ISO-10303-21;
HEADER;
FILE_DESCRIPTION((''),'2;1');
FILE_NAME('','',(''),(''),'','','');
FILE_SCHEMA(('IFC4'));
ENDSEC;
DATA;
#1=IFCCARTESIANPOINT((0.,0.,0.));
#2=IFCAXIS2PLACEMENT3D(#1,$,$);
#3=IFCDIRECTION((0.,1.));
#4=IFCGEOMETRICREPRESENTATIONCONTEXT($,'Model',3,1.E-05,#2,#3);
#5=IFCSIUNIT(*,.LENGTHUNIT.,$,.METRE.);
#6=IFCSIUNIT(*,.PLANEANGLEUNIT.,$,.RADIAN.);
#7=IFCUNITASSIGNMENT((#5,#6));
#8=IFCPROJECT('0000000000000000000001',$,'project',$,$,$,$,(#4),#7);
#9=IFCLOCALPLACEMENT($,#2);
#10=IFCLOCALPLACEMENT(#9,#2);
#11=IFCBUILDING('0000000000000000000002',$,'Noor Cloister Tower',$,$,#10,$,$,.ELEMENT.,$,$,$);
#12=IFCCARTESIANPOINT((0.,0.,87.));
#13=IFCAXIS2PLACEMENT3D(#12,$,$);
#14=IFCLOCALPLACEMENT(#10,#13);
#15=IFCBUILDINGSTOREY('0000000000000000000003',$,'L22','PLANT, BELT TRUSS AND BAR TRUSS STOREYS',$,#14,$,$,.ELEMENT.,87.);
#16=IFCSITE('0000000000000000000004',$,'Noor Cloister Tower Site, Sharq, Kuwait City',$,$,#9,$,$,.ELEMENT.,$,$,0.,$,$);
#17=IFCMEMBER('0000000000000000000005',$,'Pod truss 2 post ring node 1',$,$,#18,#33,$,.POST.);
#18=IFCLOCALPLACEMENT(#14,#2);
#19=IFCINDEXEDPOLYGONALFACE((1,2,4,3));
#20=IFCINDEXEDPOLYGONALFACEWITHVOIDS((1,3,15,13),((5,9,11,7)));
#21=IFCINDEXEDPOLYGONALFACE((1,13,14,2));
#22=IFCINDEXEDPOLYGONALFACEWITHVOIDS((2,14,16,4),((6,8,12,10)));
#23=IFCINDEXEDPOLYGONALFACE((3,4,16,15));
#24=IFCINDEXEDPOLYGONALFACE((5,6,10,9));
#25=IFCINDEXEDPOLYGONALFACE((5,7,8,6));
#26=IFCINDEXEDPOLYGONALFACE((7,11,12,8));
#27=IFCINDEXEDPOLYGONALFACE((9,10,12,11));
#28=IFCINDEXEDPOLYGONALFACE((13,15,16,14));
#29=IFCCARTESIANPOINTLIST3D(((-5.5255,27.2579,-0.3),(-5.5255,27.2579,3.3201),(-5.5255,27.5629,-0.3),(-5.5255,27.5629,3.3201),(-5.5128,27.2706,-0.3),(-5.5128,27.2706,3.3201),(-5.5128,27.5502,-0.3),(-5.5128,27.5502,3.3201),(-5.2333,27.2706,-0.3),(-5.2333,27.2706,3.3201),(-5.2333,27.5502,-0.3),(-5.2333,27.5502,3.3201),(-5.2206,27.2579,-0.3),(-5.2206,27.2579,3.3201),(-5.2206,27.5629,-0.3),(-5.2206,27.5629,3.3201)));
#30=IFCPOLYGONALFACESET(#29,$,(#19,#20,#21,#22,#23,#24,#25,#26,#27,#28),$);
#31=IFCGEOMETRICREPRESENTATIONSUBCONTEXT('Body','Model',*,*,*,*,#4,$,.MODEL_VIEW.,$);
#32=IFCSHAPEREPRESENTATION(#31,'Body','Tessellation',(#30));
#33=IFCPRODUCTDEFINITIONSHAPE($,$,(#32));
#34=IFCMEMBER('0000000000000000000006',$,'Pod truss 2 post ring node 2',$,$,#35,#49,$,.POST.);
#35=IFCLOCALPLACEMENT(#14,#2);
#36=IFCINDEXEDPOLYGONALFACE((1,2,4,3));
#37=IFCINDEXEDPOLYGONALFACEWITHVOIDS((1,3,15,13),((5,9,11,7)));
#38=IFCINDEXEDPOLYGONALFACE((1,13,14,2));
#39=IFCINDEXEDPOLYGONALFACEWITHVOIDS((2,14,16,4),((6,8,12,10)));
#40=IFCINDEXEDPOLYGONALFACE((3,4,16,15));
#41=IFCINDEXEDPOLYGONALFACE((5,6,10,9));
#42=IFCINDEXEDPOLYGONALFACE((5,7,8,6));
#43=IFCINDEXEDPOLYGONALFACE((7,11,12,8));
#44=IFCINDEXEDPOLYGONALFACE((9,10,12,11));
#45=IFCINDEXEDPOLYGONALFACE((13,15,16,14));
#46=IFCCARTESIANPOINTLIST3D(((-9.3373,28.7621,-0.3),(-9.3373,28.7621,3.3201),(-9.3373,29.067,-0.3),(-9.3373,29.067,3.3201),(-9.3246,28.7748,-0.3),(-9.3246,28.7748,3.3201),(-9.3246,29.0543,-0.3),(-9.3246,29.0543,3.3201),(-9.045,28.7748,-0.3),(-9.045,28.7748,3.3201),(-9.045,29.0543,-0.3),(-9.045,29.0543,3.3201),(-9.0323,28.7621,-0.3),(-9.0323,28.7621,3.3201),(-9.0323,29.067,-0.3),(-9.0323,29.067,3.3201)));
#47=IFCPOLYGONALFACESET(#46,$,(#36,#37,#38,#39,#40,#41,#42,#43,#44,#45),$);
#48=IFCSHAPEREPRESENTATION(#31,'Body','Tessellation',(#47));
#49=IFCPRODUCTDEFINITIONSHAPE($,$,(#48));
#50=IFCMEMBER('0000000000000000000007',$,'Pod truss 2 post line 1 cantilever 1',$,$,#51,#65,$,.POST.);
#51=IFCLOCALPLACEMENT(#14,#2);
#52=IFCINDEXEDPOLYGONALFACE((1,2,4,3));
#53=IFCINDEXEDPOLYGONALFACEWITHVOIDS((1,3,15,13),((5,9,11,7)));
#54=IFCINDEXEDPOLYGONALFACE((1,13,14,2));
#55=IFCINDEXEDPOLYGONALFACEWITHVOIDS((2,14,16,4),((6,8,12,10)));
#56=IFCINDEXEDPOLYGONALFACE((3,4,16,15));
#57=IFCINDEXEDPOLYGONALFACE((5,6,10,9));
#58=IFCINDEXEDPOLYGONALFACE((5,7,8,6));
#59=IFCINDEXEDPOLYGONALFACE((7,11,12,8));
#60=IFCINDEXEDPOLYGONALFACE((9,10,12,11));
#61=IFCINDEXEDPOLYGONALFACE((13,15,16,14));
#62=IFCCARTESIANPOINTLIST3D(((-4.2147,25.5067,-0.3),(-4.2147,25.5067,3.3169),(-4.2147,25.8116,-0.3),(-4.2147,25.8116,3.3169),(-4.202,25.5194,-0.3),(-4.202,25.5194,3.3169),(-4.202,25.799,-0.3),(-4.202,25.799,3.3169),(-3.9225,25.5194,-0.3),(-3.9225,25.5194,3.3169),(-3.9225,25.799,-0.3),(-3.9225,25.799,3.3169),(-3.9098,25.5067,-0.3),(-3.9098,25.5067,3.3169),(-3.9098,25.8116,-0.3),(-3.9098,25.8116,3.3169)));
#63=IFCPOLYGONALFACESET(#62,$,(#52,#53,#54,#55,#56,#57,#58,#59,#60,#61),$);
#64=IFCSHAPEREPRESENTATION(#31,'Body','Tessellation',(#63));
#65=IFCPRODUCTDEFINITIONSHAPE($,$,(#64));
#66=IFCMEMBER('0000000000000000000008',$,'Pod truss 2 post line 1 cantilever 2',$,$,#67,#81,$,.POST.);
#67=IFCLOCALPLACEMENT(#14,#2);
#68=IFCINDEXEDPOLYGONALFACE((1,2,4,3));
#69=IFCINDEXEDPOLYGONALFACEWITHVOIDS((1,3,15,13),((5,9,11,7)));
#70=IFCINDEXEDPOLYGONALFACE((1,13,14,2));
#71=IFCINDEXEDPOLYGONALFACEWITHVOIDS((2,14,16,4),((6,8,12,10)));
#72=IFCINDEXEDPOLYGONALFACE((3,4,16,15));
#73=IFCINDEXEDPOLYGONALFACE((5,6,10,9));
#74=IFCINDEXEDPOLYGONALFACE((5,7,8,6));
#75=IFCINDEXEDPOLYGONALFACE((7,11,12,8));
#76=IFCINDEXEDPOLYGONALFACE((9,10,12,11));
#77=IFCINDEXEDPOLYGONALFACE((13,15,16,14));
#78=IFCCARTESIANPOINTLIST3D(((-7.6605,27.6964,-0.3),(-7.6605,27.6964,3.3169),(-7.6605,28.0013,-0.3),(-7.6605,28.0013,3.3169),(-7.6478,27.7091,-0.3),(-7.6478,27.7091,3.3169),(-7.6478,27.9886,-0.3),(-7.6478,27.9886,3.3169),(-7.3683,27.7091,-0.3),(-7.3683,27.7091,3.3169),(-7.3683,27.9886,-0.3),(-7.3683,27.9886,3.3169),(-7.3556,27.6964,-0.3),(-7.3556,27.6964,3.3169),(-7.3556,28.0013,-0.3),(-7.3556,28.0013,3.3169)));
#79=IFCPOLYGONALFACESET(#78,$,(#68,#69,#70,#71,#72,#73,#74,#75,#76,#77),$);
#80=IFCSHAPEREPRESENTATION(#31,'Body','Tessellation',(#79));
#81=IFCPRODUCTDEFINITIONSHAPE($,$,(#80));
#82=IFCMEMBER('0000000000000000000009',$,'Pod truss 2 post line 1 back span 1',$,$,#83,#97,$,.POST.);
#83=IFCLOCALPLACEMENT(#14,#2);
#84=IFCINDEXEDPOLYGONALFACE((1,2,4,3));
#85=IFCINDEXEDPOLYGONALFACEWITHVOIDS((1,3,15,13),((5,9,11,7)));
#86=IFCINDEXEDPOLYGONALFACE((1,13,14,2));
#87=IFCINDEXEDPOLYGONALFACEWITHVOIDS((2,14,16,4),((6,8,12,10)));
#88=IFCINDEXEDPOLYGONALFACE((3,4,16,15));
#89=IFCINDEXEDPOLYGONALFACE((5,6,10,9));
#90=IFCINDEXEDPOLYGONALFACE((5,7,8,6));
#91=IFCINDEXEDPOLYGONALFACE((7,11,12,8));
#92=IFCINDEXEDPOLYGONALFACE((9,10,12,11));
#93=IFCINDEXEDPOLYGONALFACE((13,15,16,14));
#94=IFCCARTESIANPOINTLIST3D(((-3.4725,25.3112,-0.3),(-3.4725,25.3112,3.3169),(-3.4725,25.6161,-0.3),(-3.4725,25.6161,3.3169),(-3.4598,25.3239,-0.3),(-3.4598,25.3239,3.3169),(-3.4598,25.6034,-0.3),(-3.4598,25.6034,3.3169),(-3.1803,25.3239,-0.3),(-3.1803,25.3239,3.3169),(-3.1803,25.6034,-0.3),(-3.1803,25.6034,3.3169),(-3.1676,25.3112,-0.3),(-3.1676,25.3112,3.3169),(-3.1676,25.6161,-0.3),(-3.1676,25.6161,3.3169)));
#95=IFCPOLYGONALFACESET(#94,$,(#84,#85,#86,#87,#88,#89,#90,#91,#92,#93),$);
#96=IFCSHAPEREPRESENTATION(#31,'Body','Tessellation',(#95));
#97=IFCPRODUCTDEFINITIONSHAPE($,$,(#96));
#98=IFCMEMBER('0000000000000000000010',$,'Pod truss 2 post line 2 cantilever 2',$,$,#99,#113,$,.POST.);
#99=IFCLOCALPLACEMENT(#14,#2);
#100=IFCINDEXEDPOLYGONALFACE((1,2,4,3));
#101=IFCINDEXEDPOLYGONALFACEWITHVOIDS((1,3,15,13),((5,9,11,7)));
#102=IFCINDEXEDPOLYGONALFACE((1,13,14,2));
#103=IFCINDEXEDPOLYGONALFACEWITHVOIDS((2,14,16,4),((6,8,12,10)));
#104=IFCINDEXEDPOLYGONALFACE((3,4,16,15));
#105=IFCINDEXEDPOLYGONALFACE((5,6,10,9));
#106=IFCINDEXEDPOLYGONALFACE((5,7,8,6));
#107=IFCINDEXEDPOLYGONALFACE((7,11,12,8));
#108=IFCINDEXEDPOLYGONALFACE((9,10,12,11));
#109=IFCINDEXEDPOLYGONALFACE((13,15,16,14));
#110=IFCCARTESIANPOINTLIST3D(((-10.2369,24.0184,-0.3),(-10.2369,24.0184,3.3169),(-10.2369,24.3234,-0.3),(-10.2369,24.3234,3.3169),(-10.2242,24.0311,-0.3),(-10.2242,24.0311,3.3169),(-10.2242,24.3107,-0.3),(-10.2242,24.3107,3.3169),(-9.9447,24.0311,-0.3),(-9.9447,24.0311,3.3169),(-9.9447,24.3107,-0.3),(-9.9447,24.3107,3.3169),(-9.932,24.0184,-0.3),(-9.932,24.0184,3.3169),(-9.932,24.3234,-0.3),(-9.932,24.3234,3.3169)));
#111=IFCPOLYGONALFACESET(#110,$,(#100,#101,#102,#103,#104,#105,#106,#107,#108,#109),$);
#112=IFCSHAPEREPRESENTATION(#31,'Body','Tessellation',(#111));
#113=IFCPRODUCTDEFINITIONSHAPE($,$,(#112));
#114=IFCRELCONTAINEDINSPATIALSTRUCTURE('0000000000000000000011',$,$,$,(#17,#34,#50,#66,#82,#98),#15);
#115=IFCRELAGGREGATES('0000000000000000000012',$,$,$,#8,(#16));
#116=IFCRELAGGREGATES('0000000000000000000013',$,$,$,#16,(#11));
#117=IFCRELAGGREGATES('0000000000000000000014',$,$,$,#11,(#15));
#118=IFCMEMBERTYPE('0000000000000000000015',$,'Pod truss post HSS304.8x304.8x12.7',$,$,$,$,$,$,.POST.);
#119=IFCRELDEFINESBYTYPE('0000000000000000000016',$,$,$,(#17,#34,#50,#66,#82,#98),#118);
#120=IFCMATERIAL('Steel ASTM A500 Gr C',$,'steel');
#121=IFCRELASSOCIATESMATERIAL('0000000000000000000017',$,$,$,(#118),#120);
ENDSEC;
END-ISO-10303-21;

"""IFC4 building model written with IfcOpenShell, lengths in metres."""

from ifc_helpers import new_model, si_unit, direction, frame, origin, origin_2d, place, context, subcontext, project, spatial, hollow_rectangle, extrude, material, material_profile, profile_set, type_object, element, save


model = new_model("IFC4")

# Units and contexts
model_context = context("Model", 3, precision=1e-05, world=origin(), true_north=direction((0.0, 1.0)))
body_context = subcontext(model_context, "Body", "Model", "MODEL_VIEW")
ifc_project = project(units=[si_unit("LENGTHUNIT", "METRE"), si_unit("PLANEANGLEUNIT", "RADIAN")], contexts=[model_context])

# Site, building, storey
site_placement = place(None, origin())
site = spatial("IfcSite", under=ifc_project, at=site_placement, Name="Noor Cloister Tower Site, Sharq, Kuwait City", CompositionType="ELEMENT", RefElevation=0.0)
building_placement = place(site_placement, origin())
building = spatial("IfcBuilding", under=site, at=building_placement, Name="Noor Cloister Tower", CompositionType="ELEMENT")
storey_placement = place(building_placement, frame((0.0, 0.0, 87.0)))
storey = spatial("IfcBuildingStorey", under=building, at=storey_placement, Name="L22", Description="PLANT, BELT TRUSS AND BAR TRUSS STOREYS", CompositionType="ELEMENT", Elevation=87.0)

# Members
ifc_material_1 = material(Name="Steel ASTM A500 Gr C", Category="steel")
ifc_material_profile_1 = material_profile(ifc_material_1, hollow_rectangle(XDim=0.3049, YDim=0.3049, WallThickness=0.0127, at=origin_2d()), Name="HSS304.8x304.8x12.7")
ifc_profile_set_1 = profile_set([ifc_material_profile_1], Name="Steel ASTM A500 Gr C")
member_type_1 = type_object("IfcMemberType", Name="Pod truss post HSS304.8x304.8x12.7", PredefinedType="POST", material=ifc_profile_set_1)
for number, where, z_axis, x_axis, name in (
    (1, (-5.373, 27.4104, -0.3), (0.0, 0.0, 1.0), (1.0, 0.0, 0.0), "Pod truss 2 post ring node 1"),
    (2, (-9.1848, 28.9146, -0.3), (0.0, 0.0, 1.0), (1.0, 0.0, 0.0), "Pod truss 2 post ring node 2"),
):
    element("IfcMember", number, at=place(storey_placement, frame(where, z_axis=z_axis, x_axis=x_axis)), inside=storey, type_object=member_type_1, Name=name, PredefinedType="POST", context=body_context, shape_type="SweptSolid", body=[
        extrude(hollow_rectangle(XDim=0.3049, YDim=0.3049, WallThickness=0.0127, at=origin_2d()), origin(), (0.0, 0.0, 1.0), 3.6201),
    ])
for number, where, z_axis, x_axis, name in (
    (3, (-4.0623, 25.6592, -0.3), (0.0, 0.0, 1.0), (1.0, 0.0, 0.0), "Pod truss 2 post line 1 cantilever 1"),
    (4, (-7.5081, 27.8489, -0.3), (0.0, 0.0, 1.0), (1.0, 0.0, 0.0), "Pod truss 2 post line 1 cantilever 2"),
    (5, (-3.3201, 25.4636, -0.3), (0.0, 0.0, 1.0), (1.0, 0.0, 0.0), "Pod truss 2 post line 1 back span 1"),
    (6, (-10.0845, 24.1709, -0.3), (0.0, 0.0, 1.0), (1.0, 0.0, 0.0), "Pod truss 2 post line 2 cantilever 2"),
):
    element("IfcMember", number, at=place(storey_placement, frame(where, z_axis=z_axis, x_axis=x_axis)), inside=storey, type_object=member_type_1, Name=name, PredefinedType="POST", context=body_context, shape_type="SweptSolid", body=[
        extrude(hollow_rectangle(XDim=0.3049, YDim=0.3049, WallThickness=0.0127, at=origin_2d()), origin(), (0.0, 0.0, 1.0), 3.6169),
    ])

save(model, "model.ifc")
